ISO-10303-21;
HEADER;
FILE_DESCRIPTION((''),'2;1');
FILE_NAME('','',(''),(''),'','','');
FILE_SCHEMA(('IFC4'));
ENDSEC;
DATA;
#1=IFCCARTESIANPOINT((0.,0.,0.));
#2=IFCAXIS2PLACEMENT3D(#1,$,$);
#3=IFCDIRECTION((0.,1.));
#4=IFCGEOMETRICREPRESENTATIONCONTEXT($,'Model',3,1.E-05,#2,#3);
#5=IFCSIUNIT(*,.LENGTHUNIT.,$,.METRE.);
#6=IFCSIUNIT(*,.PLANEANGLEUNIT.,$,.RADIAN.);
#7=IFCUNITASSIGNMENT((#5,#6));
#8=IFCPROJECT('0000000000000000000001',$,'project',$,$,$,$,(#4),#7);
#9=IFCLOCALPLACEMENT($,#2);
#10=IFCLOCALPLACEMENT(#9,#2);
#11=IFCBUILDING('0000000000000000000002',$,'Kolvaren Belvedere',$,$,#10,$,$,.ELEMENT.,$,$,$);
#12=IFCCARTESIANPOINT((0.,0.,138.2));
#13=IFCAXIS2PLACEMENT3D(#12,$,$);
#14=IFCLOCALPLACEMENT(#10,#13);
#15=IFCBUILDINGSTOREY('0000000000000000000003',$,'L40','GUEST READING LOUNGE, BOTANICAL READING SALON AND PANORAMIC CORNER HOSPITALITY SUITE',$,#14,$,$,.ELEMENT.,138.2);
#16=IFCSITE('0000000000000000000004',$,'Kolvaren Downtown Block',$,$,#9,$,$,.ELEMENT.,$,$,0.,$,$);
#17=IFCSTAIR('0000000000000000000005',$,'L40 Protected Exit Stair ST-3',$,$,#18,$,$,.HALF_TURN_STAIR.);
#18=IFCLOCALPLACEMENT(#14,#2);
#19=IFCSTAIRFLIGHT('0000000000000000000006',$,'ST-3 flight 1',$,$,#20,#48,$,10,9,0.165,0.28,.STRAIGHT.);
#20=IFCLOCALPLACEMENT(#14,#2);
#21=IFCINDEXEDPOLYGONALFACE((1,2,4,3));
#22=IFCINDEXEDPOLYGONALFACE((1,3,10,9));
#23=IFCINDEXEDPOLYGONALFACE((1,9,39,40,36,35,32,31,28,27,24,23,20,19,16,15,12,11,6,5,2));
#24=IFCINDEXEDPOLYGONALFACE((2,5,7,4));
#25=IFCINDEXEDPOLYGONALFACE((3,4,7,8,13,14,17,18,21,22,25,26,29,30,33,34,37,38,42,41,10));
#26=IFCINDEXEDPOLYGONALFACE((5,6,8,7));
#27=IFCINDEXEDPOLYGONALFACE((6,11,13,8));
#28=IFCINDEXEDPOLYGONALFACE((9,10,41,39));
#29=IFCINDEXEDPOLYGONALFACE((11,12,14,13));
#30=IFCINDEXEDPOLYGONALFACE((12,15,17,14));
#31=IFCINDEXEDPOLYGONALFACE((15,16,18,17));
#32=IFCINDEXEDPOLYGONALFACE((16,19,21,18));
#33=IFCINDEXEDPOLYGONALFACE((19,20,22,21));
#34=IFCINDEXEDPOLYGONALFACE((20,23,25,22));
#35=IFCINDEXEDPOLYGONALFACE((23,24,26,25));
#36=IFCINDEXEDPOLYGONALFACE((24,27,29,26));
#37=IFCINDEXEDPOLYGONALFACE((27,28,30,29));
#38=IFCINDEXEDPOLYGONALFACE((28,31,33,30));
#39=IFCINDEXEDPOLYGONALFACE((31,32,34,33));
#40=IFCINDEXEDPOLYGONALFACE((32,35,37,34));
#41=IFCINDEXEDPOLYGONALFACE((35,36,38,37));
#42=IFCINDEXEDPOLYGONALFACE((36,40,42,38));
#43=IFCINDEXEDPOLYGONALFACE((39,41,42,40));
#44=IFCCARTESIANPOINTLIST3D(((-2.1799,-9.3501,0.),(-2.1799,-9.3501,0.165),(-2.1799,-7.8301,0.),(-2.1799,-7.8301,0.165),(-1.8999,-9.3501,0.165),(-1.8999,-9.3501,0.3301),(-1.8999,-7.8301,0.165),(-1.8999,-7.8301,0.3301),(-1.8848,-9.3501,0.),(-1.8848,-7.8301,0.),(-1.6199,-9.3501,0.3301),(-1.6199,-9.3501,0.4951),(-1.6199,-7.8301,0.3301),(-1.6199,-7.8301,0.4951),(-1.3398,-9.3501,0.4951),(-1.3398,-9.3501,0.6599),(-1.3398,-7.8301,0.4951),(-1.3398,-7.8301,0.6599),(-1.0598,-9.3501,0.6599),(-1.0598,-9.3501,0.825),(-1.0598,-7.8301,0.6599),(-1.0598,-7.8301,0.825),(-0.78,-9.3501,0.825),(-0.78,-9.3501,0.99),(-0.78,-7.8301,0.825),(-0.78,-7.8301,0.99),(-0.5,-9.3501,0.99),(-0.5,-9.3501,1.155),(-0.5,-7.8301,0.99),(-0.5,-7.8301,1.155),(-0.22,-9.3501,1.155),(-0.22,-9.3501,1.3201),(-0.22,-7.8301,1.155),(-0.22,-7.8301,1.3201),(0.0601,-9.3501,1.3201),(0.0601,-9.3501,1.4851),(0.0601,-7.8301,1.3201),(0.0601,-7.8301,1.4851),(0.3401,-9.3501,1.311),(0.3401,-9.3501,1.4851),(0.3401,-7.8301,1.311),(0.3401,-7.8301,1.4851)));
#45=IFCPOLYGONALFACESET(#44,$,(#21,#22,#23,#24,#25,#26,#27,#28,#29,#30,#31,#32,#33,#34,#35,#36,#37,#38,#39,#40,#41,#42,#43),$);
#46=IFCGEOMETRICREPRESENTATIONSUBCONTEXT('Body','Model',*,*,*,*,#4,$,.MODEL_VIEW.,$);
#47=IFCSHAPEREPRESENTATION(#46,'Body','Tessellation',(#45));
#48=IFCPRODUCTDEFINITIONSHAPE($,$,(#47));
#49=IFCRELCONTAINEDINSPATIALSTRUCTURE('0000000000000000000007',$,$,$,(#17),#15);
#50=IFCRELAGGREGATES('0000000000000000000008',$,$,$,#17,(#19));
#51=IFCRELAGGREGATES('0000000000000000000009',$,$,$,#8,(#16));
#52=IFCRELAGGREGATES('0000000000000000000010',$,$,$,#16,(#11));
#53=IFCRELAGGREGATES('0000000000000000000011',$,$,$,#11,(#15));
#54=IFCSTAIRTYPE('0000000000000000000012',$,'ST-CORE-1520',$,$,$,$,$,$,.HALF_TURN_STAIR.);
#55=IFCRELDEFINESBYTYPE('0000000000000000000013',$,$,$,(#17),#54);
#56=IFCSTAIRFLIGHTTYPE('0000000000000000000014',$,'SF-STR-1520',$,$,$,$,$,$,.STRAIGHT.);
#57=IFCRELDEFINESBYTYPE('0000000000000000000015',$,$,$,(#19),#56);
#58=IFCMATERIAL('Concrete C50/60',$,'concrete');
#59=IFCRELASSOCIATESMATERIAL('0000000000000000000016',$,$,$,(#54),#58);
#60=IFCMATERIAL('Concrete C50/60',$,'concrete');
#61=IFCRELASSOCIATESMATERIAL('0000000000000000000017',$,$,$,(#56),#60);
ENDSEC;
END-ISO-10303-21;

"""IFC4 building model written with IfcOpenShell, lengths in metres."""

from ifc_helpers import new_model, si_unit, direction, frame, origin, place, context, subcontext, project, spatial, polyline, outline, extrude, material, type_object, element, aggregate, save


model = new_model("IFC4")

# Units and contexts
model_context = context("Model", 3, precision=1e-05, world=origin(), true_north=direction((0.0, 1.0)))
body_context = subcontext(model_context, "Body", "Model", "MODEL_VIEW")
ifc_project = project(units=[si_unit("LENGTHUNIT", "METRE"), si_unit("PLANEANGLEUNIT", "RADIAN")], contexts=[model_context])

# Site, building, storey
site_placement = place(None, origin())
site = spatial("IfcSite", under=ifc_project, at=site_placement, Name="Kolvaren Downtown Block", CompositionType="ELEMENT", RefElevation=0.0)
building_placement = place(site_placement, origin())
building = spatial("IfcBuilding", under=site, at=building_placement, Name="Kolvaren Belvedere", CompositionType="ELEMENT")
storey_placement = place(building_placement, frame((0.0, 0.0, 138.2)))
storey = spatial("IfcBuildingStorey", under=building, at=storey_placement, Name="L40", Description="GUEST READING LOUNGE, BOTANICAL READING SALON AND PANORAMIC CORNER HOSPITALITY SUITE", CompositionType="ELEMENT", Elevation=138.2)

# Stair, stair flight
ifc_material_1 = material(Name="Concrete C50/60", Category="concrete")
stair_type = type_object("IfcStairType", Name="ST-CORE-1520", PredefinedType="HALF_TURN_STAIR", material=ifc_material_1)
stair_placement = place(storey_placement, origin())
stair = element("IfcStair", 1, at=stair_placement, inside=storey, type_object=stair_type, Name="L40 Protected Exit Stair ST-3", PredefinedType="HALF_TURN_STAIR")
ifc_material_2 = material(Name="Concrete C50/60", Category="concrete")
stair_flight_type = type_object("IfcStairFlightType", Name="SF-STR-1520", PredefinedType="STRAIGHT", material=ifc_material_2)
stair_flight_placement = place(storey_placement, frame((-2.1799, -8.5901, 0.0), z_axis=(0.0, 0.0, 1.0), x_axis=(1.0, 0.0, 0.0)))
stair_flight = element("IfcStairFlight", 2, at=stair_flight_placement, type_object=stair_flight_type, Name="ST-3 flight 1", NumberOfRisers=10, NumberOfTreads=9, PredefinedType="STRAIGHT", RiserHeight=0.165, TreadLength=0.28, context=body_context, shape_type="SweptSolid", body=[
    extrude(outline(polyline([(0.0, 0.0), (0.0, 0.165), (0.28, 0.165), (0.28, 0.3301), (0.5601, 0.3301), (0.5601, 0.4951), (0.8401, 0.4951), (0.8401, 0.6599), (1.1201, 0.6599), (1.1201, 0.825), (1.3999, 0.825), (1.3999, 0.99), (1.6799, 0.99), (1.6799, 1.155), (1.96, 1.155), (1.96, 1.3201), (2.24, 1.3201), (2.24, 1.4851), (2.52, 1.4851), (2.52, 1.6499), (2.52, 1.311), (0.2952, 0.0), (0.0, 0.0)])), frame((0.0, 0.76, 0.0), z_axis=(0.0, -1.0, 0.0), x_axis=(1.0, 0.0, 0.0)), (0.0, 0.0, 1.0), 1.52),
])
aggregate(stair, [stair_flight])

save(model, "model.ifc")
